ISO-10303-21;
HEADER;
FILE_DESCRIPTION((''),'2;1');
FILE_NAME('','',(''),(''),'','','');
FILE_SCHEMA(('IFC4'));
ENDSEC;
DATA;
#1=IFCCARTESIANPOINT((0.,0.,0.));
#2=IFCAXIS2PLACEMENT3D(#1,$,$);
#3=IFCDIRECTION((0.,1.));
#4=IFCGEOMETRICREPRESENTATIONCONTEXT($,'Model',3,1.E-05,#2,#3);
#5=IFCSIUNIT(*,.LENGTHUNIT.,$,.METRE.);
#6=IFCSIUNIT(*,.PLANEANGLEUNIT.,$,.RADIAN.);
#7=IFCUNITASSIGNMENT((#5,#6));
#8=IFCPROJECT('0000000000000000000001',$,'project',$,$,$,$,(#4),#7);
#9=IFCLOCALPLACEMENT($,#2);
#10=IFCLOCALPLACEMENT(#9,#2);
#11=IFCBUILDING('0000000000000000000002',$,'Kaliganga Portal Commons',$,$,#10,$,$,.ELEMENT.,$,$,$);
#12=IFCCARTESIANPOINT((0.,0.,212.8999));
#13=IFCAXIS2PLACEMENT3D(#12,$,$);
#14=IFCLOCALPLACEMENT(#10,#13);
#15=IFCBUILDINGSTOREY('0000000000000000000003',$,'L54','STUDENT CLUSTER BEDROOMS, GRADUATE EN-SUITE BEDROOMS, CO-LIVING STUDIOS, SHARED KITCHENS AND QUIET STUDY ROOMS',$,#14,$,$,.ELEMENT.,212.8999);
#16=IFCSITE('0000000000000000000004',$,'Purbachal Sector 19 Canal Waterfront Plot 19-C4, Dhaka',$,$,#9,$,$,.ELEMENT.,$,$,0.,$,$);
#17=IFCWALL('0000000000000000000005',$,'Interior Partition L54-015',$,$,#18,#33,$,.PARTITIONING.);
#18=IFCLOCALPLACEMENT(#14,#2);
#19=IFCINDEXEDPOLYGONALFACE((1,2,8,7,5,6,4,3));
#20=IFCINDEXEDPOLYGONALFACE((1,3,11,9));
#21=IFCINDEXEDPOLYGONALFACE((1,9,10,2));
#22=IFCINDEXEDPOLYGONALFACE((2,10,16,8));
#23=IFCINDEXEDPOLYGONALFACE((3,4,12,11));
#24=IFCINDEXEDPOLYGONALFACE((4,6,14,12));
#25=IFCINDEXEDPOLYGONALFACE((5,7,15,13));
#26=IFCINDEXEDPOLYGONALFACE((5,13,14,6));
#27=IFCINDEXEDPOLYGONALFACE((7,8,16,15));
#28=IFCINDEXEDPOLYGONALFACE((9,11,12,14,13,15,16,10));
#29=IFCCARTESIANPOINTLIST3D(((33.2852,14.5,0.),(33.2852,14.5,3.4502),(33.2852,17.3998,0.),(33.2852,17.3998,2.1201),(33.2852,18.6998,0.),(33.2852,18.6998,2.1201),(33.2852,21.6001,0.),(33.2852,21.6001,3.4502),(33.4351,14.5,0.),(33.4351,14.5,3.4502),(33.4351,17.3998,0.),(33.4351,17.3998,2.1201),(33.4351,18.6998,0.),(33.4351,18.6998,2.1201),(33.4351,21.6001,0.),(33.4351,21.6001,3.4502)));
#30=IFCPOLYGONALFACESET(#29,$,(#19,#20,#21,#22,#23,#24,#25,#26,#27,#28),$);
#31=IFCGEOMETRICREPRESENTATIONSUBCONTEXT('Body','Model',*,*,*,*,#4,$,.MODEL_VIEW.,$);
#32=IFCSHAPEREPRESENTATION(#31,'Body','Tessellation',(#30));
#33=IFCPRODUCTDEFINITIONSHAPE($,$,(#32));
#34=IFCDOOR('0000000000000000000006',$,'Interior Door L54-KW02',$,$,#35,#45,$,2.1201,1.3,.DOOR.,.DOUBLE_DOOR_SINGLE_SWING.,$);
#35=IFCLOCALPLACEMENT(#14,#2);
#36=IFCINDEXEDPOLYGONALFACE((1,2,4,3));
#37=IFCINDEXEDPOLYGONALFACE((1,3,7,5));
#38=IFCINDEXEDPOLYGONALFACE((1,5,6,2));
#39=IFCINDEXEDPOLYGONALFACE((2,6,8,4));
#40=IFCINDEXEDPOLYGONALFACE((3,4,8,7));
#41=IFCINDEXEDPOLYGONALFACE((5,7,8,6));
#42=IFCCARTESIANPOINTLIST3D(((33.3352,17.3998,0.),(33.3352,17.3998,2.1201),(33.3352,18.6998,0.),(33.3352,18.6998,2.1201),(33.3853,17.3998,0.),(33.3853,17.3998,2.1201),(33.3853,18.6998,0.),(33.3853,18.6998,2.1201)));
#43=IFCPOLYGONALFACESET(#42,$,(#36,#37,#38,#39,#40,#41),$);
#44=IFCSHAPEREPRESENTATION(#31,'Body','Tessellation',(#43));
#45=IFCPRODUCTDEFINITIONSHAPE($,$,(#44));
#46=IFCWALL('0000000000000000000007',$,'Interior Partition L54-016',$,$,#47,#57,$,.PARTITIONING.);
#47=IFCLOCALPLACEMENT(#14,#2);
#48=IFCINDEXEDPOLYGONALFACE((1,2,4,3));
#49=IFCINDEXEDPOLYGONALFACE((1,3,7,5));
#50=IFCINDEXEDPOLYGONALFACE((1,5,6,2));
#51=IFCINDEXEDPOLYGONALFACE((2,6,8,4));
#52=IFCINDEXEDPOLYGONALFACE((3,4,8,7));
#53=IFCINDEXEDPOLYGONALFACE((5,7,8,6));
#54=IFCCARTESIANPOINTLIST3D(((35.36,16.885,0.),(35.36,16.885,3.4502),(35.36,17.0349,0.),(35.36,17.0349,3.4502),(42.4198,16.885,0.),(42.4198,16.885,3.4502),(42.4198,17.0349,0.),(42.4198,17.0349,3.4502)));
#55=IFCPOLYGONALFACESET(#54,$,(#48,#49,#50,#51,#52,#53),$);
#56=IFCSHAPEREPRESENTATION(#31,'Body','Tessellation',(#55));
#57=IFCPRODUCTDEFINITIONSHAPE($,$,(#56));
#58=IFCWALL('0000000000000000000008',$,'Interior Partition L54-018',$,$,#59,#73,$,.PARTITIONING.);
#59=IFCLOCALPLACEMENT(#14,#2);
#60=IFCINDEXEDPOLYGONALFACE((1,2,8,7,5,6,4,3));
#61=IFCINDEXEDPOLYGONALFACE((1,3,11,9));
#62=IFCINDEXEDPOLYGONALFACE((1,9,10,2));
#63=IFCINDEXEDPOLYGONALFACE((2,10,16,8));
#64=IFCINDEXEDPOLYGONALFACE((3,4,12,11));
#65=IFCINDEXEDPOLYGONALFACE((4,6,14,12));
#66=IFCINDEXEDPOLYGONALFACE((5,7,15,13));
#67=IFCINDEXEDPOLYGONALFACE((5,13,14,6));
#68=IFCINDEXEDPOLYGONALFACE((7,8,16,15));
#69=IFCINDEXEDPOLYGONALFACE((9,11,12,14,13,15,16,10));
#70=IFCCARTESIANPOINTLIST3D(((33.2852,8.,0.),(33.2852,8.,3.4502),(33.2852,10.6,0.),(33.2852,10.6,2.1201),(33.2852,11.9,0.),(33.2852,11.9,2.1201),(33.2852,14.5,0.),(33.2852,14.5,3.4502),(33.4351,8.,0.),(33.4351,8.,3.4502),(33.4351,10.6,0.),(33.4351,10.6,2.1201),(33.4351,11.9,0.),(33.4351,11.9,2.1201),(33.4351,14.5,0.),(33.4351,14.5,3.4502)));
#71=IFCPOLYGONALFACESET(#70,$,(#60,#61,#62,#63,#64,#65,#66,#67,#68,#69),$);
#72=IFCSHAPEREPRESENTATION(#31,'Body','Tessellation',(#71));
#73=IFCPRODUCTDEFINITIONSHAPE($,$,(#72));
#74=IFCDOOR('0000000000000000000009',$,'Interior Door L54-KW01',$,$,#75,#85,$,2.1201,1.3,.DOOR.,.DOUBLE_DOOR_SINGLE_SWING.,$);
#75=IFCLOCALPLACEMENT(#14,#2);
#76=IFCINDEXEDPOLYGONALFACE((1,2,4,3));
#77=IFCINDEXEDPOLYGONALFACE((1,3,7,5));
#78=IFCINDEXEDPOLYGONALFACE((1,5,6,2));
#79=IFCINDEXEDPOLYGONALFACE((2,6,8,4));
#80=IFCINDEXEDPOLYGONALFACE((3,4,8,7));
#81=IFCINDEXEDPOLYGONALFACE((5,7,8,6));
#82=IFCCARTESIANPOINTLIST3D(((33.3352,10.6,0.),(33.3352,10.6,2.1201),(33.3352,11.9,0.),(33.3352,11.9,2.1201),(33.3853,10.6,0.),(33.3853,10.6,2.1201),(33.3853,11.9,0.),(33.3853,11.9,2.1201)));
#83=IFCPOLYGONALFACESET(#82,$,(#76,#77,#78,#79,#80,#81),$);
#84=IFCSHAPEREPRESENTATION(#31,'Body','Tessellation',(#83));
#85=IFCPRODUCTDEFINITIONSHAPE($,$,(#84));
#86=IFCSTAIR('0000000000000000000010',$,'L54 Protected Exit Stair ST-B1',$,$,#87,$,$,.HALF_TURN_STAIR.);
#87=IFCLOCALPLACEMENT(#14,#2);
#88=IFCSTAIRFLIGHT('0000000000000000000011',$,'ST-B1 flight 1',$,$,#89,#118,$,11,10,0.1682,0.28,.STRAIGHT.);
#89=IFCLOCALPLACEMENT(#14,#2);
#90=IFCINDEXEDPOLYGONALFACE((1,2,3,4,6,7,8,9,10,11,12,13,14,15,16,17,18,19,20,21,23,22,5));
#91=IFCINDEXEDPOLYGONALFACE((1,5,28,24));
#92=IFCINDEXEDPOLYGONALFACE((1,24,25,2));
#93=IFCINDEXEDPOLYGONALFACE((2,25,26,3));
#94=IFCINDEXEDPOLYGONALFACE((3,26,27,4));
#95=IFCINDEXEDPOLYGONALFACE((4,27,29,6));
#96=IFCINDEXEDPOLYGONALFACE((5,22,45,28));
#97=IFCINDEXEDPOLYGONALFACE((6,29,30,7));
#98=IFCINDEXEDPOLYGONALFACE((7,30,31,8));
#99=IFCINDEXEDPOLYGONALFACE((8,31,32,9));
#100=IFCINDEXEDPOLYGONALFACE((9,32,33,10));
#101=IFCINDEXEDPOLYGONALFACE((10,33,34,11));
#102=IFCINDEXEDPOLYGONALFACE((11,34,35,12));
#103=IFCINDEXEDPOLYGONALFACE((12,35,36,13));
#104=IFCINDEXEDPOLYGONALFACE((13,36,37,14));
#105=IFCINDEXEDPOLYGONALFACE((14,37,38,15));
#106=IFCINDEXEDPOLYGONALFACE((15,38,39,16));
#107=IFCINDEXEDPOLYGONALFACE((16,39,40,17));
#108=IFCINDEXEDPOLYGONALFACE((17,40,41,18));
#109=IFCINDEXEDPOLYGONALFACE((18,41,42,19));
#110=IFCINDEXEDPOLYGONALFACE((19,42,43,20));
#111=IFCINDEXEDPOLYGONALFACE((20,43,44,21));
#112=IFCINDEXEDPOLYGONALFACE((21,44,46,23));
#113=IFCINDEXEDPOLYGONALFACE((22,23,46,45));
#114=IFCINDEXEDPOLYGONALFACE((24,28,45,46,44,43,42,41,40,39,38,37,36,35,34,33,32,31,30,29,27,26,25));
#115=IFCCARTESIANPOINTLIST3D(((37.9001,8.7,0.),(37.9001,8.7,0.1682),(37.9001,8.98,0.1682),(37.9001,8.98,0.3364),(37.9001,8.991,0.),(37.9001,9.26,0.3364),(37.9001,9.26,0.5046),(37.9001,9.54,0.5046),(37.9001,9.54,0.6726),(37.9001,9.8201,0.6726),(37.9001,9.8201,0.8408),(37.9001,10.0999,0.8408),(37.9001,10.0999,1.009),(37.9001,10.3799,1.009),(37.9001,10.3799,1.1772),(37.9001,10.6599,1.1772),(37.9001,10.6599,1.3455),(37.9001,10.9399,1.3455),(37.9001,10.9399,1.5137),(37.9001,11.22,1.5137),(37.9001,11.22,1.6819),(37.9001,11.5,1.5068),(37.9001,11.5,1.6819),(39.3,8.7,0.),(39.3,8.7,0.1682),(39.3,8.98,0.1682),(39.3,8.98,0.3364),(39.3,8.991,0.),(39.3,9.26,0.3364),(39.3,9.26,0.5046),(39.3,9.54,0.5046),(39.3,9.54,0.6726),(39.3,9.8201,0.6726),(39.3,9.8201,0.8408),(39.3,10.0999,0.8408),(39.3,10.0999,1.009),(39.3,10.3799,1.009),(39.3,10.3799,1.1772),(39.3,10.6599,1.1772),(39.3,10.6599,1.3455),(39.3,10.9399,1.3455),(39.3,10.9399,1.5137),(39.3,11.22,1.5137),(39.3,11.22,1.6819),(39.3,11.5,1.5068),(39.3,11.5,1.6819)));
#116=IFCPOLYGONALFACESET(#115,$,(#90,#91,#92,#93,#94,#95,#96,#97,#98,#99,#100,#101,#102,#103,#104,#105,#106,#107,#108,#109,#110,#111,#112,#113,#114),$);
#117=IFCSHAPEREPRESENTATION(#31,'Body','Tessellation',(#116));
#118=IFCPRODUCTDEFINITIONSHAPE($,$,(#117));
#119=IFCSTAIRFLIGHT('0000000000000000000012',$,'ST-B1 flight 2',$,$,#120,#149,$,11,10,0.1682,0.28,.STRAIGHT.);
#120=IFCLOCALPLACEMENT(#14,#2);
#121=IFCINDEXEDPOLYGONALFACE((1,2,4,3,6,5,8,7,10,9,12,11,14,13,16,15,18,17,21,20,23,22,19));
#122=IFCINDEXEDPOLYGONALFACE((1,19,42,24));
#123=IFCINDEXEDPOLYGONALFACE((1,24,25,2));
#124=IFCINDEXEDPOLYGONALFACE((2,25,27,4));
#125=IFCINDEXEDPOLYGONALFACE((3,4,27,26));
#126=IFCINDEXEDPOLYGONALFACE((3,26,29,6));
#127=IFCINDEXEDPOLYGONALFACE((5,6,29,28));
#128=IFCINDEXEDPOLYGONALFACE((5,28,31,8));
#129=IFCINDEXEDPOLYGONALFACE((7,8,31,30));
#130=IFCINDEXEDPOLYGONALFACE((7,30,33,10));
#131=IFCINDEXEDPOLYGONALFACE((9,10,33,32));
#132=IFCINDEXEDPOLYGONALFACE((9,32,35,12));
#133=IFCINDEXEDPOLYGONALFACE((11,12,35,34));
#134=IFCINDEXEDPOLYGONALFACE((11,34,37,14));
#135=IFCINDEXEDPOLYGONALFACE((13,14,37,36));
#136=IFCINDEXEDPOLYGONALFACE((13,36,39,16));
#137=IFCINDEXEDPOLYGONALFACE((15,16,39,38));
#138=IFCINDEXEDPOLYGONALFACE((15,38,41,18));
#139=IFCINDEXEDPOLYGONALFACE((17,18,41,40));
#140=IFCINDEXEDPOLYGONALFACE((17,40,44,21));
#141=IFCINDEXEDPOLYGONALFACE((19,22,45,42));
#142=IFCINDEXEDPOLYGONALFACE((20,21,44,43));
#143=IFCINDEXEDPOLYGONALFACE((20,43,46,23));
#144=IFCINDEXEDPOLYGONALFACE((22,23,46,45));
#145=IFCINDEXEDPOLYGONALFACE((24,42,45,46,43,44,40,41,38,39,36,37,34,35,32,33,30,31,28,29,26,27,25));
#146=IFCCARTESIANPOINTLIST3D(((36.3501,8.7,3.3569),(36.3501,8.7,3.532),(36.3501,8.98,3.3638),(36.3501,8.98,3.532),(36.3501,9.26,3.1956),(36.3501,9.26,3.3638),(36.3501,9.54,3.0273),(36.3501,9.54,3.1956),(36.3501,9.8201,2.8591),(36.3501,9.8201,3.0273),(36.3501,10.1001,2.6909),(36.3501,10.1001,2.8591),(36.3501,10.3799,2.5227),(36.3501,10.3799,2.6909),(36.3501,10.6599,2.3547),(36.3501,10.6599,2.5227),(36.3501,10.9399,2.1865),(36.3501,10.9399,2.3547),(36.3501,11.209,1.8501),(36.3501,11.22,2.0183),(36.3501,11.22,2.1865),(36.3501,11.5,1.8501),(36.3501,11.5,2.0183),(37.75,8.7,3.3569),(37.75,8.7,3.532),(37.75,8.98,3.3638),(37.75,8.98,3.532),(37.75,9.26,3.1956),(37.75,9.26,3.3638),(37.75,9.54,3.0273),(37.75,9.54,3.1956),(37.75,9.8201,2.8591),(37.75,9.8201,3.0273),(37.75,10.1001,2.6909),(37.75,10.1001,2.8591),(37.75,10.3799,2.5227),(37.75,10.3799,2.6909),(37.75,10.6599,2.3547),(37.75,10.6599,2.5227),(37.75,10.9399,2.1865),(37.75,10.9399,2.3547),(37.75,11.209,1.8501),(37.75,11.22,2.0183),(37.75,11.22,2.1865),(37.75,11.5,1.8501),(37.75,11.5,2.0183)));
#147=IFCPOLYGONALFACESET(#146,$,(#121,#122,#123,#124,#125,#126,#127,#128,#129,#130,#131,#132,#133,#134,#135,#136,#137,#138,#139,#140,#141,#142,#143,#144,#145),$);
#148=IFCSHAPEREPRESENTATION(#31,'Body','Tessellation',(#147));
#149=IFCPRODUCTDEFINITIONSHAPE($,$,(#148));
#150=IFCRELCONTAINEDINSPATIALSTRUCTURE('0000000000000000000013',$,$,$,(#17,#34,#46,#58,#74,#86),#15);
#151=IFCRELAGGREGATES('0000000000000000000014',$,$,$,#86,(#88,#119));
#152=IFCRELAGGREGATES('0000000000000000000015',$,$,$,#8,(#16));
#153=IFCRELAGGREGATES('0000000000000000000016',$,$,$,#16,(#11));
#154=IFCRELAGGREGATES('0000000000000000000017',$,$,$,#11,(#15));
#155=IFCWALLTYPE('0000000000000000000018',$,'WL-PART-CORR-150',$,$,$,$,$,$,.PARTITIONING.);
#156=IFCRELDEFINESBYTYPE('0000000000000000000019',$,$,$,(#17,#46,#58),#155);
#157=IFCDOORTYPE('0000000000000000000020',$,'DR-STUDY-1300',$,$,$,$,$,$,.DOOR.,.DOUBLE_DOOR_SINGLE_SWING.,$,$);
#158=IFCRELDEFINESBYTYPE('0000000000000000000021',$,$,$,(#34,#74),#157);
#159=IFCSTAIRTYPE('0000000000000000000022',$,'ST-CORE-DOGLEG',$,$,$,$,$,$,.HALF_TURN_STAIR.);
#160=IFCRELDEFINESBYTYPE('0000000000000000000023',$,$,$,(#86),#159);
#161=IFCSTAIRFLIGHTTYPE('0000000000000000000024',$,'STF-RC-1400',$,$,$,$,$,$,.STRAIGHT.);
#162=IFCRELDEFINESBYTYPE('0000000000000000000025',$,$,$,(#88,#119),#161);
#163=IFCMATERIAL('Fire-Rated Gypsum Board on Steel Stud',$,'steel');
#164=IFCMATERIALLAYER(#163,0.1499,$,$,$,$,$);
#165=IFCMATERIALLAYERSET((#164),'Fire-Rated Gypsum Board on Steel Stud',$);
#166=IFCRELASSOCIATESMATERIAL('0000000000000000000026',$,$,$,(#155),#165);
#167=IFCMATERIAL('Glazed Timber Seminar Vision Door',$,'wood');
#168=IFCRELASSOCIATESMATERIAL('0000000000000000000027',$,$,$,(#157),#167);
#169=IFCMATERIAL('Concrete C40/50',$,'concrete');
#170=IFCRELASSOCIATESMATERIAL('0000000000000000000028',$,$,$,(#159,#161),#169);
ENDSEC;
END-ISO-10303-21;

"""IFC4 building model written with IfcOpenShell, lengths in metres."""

from ifc_helpers import new_model, si_unit, direction, frame, frame_2d, origin, place, context, subcontext, project, spatial, polyline, rectangle, outline, extrude, material, layer, layer_set, type_object, element, fill, aggregate, save


model = new_model("IFC4")

# Units and contexts
model_context = context("Model", 3, precision=1e-05, world=origin(), true_north=direction((0.0, 1.0)))
body_context = subcontext(model_context, "Body", "Model", "MODEL_VIEW")
ifc_project = project(units=[si_unit("LENGTHUNIT", "METRE"), si_unit("PLANEANGLEUNIT", "RADIAN")], contexts=[model_context])

# Site, building, storey
site_placement = place(None, origin())
site = spatial("IfcSite", under=ifc_project, at=site_placement, Name="Purbachal Sector 19 Canal Waterfront Plot 19-C4, Dhaka", CompositionType="ELEMENT", RefElevation=0.0)
building_placement = place(site_placement, origin())
building = spatial("IfcBuilding", under=site, at=building_placement, Name="Kaliganga Portal Commons", CompositionType="ELEMENT")
storey_placement = place(building_placement, frame((0.0, 0.0, 212.8999)))
storey = spatial("IfcBuildingStorey", under=building, at=storey_placement, Name="L54", Description="STUDENT CLUSTER BEDROOMS, GRADUATE EN-SUITE BEDROOMS, CO-LIVING STUDIOS, SHARED KITCHENS AND QUIET STUDY ROOMS", CompositionType="ELEMENT", Elevation=212.8999)

# Wall, opening, door
ifc_material_1 = material(Name="Fire-Rated Gypsum Board on Steel Stud", Category="steel")
ifc_layer_1 = layer(ifc_material_1, 0.1499)
ifc_layer_set_1 = layer_set([ifc_layer_1], Name="Fire-Rated Gypsum Board on Steel Stud")
wall_type_1 = type_object("IfcWallType", Name="WL-PART-CORR-150", PredefinedType="PARTITIONING", material=ifc_layer_set_1)
ifc_material_2 = material(Name="Glazed Timber Seminar Vision Door", Category="wood")
door_type = type_object("IfcDoorType", Name="DR-STUDY-1300", OperationType="DOUBLE_DOOR_SINGLE_SWING", PredefinedType="DOOR", material=ifc_material_2)
wall_1_placement = place(storey_placement, frame((33.3601, 14.5, 0.0), z_axis=(0.0, 0.0, 1.0), x_axis=(0.0, 1.0, 0.0)))
wall_1 = element("IfcWall", 1, at=wall_1_placement, inside=storey, type_object=wall_type_1, Name="Interior Partition L54-015", PredefinedType="PARTITIONING", context=body_context, shape_type="SweptSolid", body=[
    extrude(rectangle(XDim=7.1001, YDim=0.1499, at=frame_2d((3.55, 0.0))), origin(), (0.0, 0.0, 1.0), 3.4502),
])
opening_1_placement = place(wall_1_placement, frame((2.8999, 0.0, 0.0)))
opening_1 = element("IfcOpeningElement", 2, at=opening_1_placement, cuts=wall_1, PredefinedType="OPENING", context=body_context, shape_type="SweptSolid", body=[
    extrude(rectangle(XDim=1.3, YDim=2.1201, at=frame_2d((0.6499, 1.0601))), frame((0.0, 0.085, 0.0), z_axis=(0.0, -1.0, 0.0), x_axis=(1.0, 0.0, 0.0)), (0.0, 0.0, 1.0), 0.1699),
])
door_1_placement = place(opening_1_placement, origin())
door_1 = element("IfcDoor", 3, at=door_1_placement, inside=storey, type_object=door_type, Name="Interior Door L54-KW02", OperationType="DOUBLE_DOOR_SINGLE_SWING", OverallHeight=2.1201, OverallWidth=1.3, PredefinedType="DOOR", context=body_context, shape_type="SweptSolid", body=[
    extrude(rectangle(XDim=1.3, YDim=2.1201, at=frame_2d((0.6499, 1.0601))), frame((0.0, 0.0249, 0.0), z_axis=(0.0, -1.0, 0.0), x_axis=(1.0, 0.0, 0.0)), (0.0, 0.0, 1.0), 0.05),
])
fill(opening_1, door_1)

# Wall
wall_2_placement = place(storey_placement, frame((35.3601, 16.96, 0.0), z_axis=(0.0, 0.0, 1.0), x_axis=(1.0, 0.0, 0.0)))
element("IfcWall", 4, at=wall_2_placement, inside=storey, type_object=wall_type_1, Name="Interior Partition L54-016", PredefinedType="PARTITIONING", context=body_context, shape_type="SweptSolid", body=[
    extrude(rectangle(XDim=7.0598, YDim=0.1499, at=frame_2d((3.5298, 0.0))), origin(), (0.0, 0.0, 1.0), 3.4502),
])

# Wall, opening, door
wall_3_placement = place(storey_placement, frame((33.3601, 8.0, 0.0), z_axis=(0.0, 0.0, 1.0), x_axis=(0.0, 1.0, 0.0)))
wall_3 = element("IfcWall", 5, at=wall_3_placement, inside=storey, type_object=wall_type_1, Name="Interior Partition L54-018", PredefinedType="PARTITIONING", context=body_context, shape_type="SweptSolid", body=[
    extrude(rectangle(XDim=6.5, YDim=0.1499, at=frame_2d((3.25, 0.0))), origin(), (0.0, 0.0, 1.0), 3.4502),
])
opening_2_placement = place(wall_3_placement, frame((2.6001, 0.0, 0.0)))
opening_2 = element("IfcOpeningElement", 6, at=opening_2_placement, cuts=wall_3, PredefinedType="OPENING", context=body_context, shape_type="SweptSolid", body=[
    extrude(rectangle(XDim=1.3, YDim=2.1201, at=frame_2d((0.6499, 1.0601))), frame((0.0, 0.085, 0.0), z_axis=(0.0, -1.0, 0.0), x_axis=(1.0, 0.0, 0.0)), (0.0, 0.0, 1.0), 0.1699),
])
door_2_placement = place(opening_2_placement, origin())
door_2 = element("IfcDoor", 7, at=door_2_placement, inside=storey, type_object=door_type, Name="Interior Door L54-KW01", OperationType="DOUBLE_DOOR_SINGLE_SWING", OverallHeight=2.1201, OverallWidth=1.3, PredefinedType="DOOR", context=body_context, shape_type="SweptSolid", body=[
    extrude(rectangle(XDim=1.3, YDim=2.1201, at=frame_2d((0.6499, 1.0601))), frame((0.0, 0.0249, 0.0), z_axis=(0.0, -1.0, 0.0), x_axis=(1.0, 0.0, 0.0)), (0.0, 0.0, 1.0), 0.05),
])
fill(opening_2, door_2)

# Stair, stair flights
ifc_material_3 = material(Name="Concrete C40/50", Category="concrete")
stair_type = type_object("IfcStairType", Name="ST-CORE-DOGLEG", PredefinedType="HALF_TURN_STAIR", material=ifc_material_3)
stair_placement = place(storey_placement, origin())
stair = element("IfcStair", 8, at=stair_placement, inside=storey, type_object=stair_type, Name="L54 Protected Exit Stair ST-B1", PredefinedType="HALF_TURN_STAIR")
stair_flight_type = type_object("IfcStairFlightType", Name="STF-RC-1400", PredefinedType="STRAIGHT", material=ifc_material_3)
stair_flight_1_placement = place(storey_placement, frame((38.6001, 8.7, 0.0), z_axis=(0.0, 0.0, 1.0), x_axis=(0.0, 1.0, 0.0)))
stair_flight_1 = element("IfcStairFlight", 9, at=stair_flight_1_placement, type_object=stair_flight_type, Name="ST-B1 flight 1", NumberOfRisers=11, NumberOfTreads=10, PredefinedType="STRAIGHT", RiserHeight=0.1682, TreadLength=0.28, context=body_context, shape_type="SweptSolid", body=[
    extrude(outline(polyline([(0.0, 0.0), (0.0, 0.1682), (0.28, 0.1682), (0.28, 0.3364), (0.5601, 0.3364), (0.5601, 0.5046), (0.8401, 0.5046), (0.8401, 0.6726), (1.1201, 0.6726), (1.1201, 0.8408), (1.3999, 0.8408), (1.3999, 1.009), (1.6799, 1.009), (1.6799, 1.1772), (1.96, 1.1772), (1.96, 1.3455), (2.24, 1.3455), (2.24, 1.5137), (2.52, 1.5137), (2.52, 1.6819), (2.8, 1.6819), (2.8, 1.8501), (2.8, 1.5068), (0.291, 0.0), (0.0, 0.0)])), frame((0.0, 0.7, 0.0), z_axis=(0.0, -1.0, 0.0), x_axis=(1.0, 0.0, 0.0)), (0.0, 0.0, 1.0), 1.3999),
])
stair_flight_2_placement = place(storey_placement, frame((37.05, 11.5, 1.8501), z_axis=(0.0, 0.0, 1.0), x_axis=(0.0, -1.0, 0.0)))
stair_flight_2 = element("IfcStairFlight", 10, at=stair_flight_2_placement, type_object=stair_flight_type, Name="ST-B1 flight 2", NumberOfRisers=11, NumberOfTreads=10, PredefinedType="STRAIGHT", RiserHeight=0.1682, TreadLength=0.28, context=body_context, shape_type="SweptSolid", body=[
    extrude(outline(polyline([(0.0, 0.0), (0.0, 0.1682), (0.28, 0.1682), (0.28, 0.3364), (0.5601, 0.3364), (0.5601, 0.5046), (0.8401, 0.5046), (0.8401, 0.6726), (1.1201, 0.6726), (1.1201, 0.8408), (1.3999, 0.8408), (1.3999, 1.009), (1.6799, 1.009), (1.6799, 1.1772), (1.96, 1.1772), (1.96, 1.3455), (2.24, 1.3455), (2.24, 1.5137), (2.52, 1.5137), (2.52, 1.6819), (2.8, 1.6819), (2.8, 1.8501), (2.8, 1.5068), (0.291, 0.0), (0.0, 0.0)])), frame((0.0, 0.7, 0.0), z_axis=(0.0, -1.0, 0.0), x_axis=(1.0, 0.0, 0.0)), (0.0, 0.0, 1.0), 1.3999),
])
aggregate(stair, [stair_flight_1, stair_flight_2])

save(model, "model.ifc")
